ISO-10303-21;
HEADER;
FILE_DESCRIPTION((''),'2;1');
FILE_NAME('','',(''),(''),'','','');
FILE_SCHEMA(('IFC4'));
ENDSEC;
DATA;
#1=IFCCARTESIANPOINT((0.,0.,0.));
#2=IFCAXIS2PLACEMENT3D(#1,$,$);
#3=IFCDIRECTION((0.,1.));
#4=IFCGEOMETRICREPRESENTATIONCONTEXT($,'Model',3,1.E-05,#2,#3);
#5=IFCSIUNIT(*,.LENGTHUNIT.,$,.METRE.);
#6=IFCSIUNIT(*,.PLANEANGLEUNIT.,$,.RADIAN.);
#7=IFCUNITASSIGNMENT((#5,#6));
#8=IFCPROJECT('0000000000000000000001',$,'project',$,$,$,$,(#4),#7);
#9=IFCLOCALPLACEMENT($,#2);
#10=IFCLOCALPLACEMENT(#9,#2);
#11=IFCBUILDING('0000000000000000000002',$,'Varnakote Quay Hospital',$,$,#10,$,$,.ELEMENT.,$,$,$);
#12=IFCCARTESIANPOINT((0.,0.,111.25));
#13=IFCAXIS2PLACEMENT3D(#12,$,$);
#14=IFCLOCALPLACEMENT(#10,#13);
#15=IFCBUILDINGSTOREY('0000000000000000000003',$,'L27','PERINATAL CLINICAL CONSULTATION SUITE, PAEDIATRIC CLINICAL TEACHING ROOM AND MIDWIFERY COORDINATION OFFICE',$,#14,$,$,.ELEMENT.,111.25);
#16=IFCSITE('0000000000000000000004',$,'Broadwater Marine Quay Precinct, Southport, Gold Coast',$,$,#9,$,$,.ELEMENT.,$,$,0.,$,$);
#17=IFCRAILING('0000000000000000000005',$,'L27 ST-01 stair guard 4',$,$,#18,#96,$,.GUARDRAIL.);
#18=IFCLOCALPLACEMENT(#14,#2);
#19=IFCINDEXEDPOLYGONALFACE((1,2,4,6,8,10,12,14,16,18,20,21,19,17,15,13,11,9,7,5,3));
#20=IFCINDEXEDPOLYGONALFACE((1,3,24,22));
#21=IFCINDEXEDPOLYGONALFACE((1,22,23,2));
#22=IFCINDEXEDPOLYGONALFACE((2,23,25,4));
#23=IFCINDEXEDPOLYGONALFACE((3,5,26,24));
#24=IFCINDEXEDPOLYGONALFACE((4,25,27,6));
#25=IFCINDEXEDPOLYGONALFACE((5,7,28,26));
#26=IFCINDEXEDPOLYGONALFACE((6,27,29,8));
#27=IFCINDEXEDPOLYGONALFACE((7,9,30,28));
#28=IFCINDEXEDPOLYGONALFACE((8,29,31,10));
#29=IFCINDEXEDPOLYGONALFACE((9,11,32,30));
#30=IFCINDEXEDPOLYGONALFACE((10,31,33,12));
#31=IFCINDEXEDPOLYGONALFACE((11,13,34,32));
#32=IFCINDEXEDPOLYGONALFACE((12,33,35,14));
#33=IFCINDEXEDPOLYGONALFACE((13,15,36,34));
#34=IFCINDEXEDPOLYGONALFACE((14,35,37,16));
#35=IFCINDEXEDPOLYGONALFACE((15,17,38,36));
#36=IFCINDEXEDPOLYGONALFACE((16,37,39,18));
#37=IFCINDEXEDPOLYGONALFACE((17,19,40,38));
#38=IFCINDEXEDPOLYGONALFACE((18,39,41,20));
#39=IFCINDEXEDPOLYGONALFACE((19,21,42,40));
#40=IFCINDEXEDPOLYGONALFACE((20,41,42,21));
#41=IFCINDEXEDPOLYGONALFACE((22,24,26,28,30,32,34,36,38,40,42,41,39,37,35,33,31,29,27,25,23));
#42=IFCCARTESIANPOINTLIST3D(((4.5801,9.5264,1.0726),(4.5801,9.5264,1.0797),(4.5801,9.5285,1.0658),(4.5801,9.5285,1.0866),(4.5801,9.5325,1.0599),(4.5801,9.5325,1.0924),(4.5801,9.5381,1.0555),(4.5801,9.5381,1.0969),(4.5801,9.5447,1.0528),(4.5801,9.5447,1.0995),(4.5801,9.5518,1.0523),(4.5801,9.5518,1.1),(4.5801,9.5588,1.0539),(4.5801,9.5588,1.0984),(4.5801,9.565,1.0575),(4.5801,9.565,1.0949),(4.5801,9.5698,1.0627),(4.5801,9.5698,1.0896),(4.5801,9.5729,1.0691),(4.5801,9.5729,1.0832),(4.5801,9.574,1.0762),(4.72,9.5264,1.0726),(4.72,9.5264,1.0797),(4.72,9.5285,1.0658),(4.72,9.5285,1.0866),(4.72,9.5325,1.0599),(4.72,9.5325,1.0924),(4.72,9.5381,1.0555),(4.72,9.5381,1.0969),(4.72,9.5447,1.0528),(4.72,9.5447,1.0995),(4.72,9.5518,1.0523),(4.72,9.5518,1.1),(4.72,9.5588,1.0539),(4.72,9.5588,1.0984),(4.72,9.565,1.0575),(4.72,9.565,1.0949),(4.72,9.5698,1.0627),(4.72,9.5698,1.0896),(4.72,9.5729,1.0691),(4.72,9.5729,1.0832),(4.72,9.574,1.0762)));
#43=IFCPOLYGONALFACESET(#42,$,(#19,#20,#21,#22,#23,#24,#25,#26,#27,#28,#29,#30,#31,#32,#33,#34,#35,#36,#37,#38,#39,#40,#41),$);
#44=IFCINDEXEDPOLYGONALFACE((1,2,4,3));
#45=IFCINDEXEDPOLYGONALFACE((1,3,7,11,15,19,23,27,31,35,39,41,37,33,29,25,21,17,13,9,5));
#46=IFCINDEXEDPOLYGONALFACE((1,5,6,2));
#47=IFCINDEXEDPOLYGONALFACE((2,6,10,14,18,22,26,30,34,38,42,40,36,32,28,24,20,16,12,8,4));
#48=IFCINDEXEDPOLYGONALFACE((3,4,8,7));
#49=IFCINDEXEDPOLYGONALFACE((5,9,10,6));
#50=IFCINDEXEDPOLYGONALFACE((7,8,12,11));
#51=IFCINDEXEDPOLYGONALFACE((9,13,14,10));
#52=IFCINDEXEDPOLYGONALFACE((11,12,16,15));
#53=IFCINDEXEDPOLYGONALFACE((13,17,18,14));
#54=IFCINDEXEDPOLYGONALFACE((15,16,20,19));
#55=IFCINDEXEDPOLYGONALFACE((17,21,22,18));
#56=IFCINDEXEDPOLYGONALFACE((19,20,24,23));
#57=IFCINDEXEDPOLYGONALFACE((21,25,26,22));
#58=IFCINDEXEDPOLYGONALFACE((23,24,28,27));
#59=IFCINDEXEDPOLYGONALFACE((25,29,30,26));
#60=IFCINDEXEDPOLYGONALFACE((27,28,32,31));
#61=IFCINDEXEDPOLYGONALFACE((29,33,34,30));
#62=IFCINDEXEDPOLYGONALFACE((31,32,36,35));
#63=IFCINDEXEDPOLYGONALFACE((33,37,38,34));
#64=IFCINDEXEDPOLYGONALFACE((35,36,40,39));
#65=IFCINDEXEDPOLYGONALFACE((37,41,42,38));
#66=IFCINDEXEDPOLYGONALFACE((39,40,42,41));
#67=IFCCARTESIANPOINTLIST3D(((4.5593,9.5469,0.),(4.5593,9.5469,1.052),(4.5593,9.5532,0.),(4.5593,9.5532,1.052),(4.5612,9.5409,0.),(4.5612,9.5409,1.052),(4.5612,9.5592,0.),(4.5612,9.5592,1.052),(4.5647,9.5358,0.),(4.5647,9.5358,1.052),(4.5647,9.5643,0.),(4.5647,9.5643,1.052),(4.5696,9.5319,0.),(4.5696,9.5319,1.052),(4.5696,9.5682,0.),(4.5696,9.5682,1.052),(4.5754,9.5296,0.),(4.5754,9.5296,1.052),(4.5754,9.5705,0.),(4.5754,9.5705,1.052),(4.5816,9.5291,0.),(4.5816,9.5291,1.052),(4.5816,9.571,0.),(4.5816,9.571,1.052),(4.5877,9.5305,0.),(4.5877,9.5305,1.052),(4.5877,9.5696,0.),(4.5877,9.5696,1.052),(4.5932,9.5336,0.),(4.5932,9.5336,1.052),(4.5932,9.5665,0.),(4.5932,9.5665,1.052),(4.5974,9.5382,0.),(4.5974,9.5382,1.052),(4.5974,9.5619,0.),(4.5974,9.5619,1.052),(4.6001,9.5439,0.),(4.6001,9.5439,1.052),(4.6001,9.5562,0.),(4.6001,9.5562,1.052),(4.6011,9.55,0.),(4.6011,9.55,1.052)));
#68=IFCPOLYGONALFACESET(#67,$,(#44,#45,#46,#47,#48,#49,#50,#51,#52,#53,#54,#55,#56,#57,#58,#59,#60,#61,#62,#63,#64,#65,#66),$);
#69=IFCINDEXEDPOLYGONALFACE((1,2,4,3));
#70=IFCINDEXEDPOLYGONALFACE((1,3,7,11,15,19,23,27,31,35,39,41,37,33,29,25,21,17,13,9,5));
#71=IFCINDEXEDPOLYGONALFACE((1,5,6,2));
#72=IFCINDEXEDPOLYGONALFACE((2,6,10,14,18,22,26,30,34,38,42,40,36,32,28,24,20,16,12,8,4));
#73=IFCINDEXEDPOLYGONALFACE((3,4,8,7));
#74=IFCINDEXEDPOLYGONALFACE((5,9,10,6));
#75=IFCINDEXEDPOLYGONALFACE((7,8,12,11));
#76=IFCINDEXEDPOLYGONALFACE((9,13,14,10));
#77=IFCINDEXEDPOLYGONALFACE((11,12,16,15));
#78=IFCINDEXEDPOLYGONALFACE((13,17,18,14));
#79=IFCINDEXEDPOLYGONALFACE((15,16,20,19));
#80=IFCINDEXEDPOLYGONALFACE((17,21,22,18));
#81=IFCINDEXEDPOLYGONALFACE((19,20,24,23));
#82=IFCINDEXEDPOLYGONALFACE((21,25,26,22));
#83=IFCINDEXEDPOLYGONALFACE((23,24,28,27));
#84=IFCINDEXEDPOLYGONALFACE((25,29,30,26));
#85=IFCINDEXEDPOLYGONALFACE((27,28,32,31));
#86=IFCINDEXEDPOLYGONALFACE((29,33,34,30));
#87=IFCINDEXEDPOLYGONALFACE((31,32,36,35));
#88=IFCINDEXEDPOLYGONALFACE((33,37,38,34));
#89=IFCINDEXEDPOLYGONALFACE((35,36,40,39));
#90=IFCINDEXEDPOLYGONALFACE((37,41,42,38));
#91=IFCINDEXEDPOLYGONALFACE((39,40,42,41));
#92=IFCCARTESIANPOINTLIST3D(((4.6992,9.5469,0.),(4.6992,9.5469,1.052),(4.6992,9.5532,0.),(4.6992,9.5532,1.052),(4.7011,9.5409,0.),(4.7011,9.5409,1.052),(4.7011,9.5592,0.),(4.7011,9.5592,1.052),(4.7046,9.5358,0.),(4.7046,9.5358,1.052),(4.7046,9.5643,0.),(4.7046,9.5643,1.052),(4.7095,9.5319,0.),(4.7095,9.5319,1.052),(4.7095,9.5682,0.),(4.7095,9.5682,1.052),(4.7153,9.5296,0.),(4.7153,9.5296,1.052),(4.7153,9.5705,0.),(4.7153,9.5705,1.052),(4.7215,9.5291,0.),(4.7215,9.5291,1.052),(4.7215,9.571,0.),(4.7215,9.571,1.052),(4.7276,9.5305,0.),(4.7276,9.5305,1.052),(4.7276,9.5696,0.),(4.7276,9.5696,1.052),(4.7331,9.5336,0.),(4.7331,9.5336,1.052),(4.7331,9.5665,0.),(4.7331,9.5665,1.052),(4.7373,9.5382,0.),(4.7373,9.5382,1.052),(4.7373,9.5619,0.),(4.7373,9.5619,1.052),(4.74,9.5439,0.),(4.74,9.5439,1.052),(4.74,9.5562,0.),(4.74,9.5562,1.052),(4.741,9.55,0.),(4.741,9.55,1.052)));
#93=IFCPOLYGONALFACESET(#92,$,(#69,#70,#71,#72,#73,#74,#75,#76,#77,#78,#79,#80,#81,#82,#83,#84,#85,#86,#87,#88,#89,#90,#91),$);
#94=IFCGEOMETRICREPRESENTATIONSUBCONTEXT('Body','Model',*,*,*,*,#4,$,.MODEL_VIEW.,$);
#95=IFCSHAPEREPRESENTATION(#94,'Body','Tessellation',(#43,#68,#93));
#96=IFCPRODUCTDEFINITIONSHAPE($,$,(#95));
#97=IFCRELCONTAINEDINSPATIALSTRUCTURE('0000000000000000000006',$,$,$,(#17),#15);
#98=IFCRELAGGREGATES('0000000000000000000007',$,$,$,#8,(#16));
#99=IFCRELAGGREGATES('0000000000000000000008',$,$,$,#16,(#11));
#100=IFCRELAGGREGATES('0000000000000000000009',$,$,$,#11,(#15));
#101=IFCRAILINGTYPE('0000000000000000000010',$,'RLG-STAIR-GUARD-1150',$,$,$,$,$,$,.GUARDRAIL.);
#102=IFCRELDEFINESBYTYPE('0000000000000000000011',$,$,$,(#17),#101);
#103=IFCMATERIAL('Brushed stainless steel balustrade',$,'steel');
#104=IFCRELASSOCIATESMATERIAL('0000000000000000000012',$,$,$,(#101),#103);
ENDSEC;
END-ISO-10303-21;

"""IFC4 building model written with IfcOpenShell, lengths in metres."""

from ifc_helpers import new_model, si_unit, direction, frame, origin, origin_2d, place, context, subcontext, project, spatial, circle, extrude, material, type_object, element, save


model = new_model("IFC4")

# Units and contexts
model_context = context("Model", 3, precision=1e-05, world=origin(), true_north=direction((0.0, 1.0)))
body_context = subcontext(model_context, "Body", "Model", "MODEL_VIEW")
ifc_project = project(units=[si_unit("LENGTHUNIT", "METRE"), si_unit("PLANEANGLEUNIT", "RADIAN")], contexts=[model_context])

# Site, building, storey
site_placement = place(None, origin())
site = spatial("IfcSite", under=ifc_project, at=site_placement, Name="Broadwater Marine Quay Precinct, Southport, Gold Coast", CompositionType="ELEMENT", RefElevation=0.0)
building_placement = place(site_placement, origin())
building = spatial("IfcBuilding", under=site, at=building_placement, Name="Varnakote Quay Hospital", CompositionType="ELEMENT")
storey_placement = place(building_placement, frame((0.0, 0.0, 111.25)))
storey = spatial("IfcBuildingStorey", under=building, at=storey_placement, Name="L27", Description="PERINATAL CLINICAL CONSULTATION SUITE, PAEDIATRIC CLINICAL TEACHING ROOM AND MIDWIFERY COORDINATION OFFICE", CompositionType="ELEMENT", Elevation=111.25)

# Railing
ifc_material_1 = material(Name="Brushed stainless steel balustrade", Category="steel")
railing_type_1 = type_object("IfcRailingType", Name="RLG-STAIR-GUARD-1150", PredefinedType="GUARDRAIL", material=ifc_material_1)
railing_1_placement = place(storey_placement, frame((4.5801, 9.55, 0.0)))
element("IfcRailing", 1, at=railing_1_placement, inside=storey, type_object=railing_type_1, Name="L27 ST-01 stair guard 4", PredefinedType="GUARDRAIL", context=body_context, shape_type="SweptSolid", body=[
    extrude(circle(Radius=0.0239, at=origin_2d()), frame((0.0, 0.0, 1.0762), z_axis=(1.0, 0.0, 0.0), x_axis=(0.0, 1.0, 0.0)), (0.0, 0.0, 1.0), 0.1399),
    extrude(circle(Radius=0.021, at=origin_2d()), origin(), (0.0, 0.0, 1.0), 1.052),
    extrude(circle(Radius=0.021, at=origin_2d()), frame((0.1399, 0.0, 0.0)), (0.0, 0.0, 1.0), 1.052),
])

save(model, "model.ifc")
